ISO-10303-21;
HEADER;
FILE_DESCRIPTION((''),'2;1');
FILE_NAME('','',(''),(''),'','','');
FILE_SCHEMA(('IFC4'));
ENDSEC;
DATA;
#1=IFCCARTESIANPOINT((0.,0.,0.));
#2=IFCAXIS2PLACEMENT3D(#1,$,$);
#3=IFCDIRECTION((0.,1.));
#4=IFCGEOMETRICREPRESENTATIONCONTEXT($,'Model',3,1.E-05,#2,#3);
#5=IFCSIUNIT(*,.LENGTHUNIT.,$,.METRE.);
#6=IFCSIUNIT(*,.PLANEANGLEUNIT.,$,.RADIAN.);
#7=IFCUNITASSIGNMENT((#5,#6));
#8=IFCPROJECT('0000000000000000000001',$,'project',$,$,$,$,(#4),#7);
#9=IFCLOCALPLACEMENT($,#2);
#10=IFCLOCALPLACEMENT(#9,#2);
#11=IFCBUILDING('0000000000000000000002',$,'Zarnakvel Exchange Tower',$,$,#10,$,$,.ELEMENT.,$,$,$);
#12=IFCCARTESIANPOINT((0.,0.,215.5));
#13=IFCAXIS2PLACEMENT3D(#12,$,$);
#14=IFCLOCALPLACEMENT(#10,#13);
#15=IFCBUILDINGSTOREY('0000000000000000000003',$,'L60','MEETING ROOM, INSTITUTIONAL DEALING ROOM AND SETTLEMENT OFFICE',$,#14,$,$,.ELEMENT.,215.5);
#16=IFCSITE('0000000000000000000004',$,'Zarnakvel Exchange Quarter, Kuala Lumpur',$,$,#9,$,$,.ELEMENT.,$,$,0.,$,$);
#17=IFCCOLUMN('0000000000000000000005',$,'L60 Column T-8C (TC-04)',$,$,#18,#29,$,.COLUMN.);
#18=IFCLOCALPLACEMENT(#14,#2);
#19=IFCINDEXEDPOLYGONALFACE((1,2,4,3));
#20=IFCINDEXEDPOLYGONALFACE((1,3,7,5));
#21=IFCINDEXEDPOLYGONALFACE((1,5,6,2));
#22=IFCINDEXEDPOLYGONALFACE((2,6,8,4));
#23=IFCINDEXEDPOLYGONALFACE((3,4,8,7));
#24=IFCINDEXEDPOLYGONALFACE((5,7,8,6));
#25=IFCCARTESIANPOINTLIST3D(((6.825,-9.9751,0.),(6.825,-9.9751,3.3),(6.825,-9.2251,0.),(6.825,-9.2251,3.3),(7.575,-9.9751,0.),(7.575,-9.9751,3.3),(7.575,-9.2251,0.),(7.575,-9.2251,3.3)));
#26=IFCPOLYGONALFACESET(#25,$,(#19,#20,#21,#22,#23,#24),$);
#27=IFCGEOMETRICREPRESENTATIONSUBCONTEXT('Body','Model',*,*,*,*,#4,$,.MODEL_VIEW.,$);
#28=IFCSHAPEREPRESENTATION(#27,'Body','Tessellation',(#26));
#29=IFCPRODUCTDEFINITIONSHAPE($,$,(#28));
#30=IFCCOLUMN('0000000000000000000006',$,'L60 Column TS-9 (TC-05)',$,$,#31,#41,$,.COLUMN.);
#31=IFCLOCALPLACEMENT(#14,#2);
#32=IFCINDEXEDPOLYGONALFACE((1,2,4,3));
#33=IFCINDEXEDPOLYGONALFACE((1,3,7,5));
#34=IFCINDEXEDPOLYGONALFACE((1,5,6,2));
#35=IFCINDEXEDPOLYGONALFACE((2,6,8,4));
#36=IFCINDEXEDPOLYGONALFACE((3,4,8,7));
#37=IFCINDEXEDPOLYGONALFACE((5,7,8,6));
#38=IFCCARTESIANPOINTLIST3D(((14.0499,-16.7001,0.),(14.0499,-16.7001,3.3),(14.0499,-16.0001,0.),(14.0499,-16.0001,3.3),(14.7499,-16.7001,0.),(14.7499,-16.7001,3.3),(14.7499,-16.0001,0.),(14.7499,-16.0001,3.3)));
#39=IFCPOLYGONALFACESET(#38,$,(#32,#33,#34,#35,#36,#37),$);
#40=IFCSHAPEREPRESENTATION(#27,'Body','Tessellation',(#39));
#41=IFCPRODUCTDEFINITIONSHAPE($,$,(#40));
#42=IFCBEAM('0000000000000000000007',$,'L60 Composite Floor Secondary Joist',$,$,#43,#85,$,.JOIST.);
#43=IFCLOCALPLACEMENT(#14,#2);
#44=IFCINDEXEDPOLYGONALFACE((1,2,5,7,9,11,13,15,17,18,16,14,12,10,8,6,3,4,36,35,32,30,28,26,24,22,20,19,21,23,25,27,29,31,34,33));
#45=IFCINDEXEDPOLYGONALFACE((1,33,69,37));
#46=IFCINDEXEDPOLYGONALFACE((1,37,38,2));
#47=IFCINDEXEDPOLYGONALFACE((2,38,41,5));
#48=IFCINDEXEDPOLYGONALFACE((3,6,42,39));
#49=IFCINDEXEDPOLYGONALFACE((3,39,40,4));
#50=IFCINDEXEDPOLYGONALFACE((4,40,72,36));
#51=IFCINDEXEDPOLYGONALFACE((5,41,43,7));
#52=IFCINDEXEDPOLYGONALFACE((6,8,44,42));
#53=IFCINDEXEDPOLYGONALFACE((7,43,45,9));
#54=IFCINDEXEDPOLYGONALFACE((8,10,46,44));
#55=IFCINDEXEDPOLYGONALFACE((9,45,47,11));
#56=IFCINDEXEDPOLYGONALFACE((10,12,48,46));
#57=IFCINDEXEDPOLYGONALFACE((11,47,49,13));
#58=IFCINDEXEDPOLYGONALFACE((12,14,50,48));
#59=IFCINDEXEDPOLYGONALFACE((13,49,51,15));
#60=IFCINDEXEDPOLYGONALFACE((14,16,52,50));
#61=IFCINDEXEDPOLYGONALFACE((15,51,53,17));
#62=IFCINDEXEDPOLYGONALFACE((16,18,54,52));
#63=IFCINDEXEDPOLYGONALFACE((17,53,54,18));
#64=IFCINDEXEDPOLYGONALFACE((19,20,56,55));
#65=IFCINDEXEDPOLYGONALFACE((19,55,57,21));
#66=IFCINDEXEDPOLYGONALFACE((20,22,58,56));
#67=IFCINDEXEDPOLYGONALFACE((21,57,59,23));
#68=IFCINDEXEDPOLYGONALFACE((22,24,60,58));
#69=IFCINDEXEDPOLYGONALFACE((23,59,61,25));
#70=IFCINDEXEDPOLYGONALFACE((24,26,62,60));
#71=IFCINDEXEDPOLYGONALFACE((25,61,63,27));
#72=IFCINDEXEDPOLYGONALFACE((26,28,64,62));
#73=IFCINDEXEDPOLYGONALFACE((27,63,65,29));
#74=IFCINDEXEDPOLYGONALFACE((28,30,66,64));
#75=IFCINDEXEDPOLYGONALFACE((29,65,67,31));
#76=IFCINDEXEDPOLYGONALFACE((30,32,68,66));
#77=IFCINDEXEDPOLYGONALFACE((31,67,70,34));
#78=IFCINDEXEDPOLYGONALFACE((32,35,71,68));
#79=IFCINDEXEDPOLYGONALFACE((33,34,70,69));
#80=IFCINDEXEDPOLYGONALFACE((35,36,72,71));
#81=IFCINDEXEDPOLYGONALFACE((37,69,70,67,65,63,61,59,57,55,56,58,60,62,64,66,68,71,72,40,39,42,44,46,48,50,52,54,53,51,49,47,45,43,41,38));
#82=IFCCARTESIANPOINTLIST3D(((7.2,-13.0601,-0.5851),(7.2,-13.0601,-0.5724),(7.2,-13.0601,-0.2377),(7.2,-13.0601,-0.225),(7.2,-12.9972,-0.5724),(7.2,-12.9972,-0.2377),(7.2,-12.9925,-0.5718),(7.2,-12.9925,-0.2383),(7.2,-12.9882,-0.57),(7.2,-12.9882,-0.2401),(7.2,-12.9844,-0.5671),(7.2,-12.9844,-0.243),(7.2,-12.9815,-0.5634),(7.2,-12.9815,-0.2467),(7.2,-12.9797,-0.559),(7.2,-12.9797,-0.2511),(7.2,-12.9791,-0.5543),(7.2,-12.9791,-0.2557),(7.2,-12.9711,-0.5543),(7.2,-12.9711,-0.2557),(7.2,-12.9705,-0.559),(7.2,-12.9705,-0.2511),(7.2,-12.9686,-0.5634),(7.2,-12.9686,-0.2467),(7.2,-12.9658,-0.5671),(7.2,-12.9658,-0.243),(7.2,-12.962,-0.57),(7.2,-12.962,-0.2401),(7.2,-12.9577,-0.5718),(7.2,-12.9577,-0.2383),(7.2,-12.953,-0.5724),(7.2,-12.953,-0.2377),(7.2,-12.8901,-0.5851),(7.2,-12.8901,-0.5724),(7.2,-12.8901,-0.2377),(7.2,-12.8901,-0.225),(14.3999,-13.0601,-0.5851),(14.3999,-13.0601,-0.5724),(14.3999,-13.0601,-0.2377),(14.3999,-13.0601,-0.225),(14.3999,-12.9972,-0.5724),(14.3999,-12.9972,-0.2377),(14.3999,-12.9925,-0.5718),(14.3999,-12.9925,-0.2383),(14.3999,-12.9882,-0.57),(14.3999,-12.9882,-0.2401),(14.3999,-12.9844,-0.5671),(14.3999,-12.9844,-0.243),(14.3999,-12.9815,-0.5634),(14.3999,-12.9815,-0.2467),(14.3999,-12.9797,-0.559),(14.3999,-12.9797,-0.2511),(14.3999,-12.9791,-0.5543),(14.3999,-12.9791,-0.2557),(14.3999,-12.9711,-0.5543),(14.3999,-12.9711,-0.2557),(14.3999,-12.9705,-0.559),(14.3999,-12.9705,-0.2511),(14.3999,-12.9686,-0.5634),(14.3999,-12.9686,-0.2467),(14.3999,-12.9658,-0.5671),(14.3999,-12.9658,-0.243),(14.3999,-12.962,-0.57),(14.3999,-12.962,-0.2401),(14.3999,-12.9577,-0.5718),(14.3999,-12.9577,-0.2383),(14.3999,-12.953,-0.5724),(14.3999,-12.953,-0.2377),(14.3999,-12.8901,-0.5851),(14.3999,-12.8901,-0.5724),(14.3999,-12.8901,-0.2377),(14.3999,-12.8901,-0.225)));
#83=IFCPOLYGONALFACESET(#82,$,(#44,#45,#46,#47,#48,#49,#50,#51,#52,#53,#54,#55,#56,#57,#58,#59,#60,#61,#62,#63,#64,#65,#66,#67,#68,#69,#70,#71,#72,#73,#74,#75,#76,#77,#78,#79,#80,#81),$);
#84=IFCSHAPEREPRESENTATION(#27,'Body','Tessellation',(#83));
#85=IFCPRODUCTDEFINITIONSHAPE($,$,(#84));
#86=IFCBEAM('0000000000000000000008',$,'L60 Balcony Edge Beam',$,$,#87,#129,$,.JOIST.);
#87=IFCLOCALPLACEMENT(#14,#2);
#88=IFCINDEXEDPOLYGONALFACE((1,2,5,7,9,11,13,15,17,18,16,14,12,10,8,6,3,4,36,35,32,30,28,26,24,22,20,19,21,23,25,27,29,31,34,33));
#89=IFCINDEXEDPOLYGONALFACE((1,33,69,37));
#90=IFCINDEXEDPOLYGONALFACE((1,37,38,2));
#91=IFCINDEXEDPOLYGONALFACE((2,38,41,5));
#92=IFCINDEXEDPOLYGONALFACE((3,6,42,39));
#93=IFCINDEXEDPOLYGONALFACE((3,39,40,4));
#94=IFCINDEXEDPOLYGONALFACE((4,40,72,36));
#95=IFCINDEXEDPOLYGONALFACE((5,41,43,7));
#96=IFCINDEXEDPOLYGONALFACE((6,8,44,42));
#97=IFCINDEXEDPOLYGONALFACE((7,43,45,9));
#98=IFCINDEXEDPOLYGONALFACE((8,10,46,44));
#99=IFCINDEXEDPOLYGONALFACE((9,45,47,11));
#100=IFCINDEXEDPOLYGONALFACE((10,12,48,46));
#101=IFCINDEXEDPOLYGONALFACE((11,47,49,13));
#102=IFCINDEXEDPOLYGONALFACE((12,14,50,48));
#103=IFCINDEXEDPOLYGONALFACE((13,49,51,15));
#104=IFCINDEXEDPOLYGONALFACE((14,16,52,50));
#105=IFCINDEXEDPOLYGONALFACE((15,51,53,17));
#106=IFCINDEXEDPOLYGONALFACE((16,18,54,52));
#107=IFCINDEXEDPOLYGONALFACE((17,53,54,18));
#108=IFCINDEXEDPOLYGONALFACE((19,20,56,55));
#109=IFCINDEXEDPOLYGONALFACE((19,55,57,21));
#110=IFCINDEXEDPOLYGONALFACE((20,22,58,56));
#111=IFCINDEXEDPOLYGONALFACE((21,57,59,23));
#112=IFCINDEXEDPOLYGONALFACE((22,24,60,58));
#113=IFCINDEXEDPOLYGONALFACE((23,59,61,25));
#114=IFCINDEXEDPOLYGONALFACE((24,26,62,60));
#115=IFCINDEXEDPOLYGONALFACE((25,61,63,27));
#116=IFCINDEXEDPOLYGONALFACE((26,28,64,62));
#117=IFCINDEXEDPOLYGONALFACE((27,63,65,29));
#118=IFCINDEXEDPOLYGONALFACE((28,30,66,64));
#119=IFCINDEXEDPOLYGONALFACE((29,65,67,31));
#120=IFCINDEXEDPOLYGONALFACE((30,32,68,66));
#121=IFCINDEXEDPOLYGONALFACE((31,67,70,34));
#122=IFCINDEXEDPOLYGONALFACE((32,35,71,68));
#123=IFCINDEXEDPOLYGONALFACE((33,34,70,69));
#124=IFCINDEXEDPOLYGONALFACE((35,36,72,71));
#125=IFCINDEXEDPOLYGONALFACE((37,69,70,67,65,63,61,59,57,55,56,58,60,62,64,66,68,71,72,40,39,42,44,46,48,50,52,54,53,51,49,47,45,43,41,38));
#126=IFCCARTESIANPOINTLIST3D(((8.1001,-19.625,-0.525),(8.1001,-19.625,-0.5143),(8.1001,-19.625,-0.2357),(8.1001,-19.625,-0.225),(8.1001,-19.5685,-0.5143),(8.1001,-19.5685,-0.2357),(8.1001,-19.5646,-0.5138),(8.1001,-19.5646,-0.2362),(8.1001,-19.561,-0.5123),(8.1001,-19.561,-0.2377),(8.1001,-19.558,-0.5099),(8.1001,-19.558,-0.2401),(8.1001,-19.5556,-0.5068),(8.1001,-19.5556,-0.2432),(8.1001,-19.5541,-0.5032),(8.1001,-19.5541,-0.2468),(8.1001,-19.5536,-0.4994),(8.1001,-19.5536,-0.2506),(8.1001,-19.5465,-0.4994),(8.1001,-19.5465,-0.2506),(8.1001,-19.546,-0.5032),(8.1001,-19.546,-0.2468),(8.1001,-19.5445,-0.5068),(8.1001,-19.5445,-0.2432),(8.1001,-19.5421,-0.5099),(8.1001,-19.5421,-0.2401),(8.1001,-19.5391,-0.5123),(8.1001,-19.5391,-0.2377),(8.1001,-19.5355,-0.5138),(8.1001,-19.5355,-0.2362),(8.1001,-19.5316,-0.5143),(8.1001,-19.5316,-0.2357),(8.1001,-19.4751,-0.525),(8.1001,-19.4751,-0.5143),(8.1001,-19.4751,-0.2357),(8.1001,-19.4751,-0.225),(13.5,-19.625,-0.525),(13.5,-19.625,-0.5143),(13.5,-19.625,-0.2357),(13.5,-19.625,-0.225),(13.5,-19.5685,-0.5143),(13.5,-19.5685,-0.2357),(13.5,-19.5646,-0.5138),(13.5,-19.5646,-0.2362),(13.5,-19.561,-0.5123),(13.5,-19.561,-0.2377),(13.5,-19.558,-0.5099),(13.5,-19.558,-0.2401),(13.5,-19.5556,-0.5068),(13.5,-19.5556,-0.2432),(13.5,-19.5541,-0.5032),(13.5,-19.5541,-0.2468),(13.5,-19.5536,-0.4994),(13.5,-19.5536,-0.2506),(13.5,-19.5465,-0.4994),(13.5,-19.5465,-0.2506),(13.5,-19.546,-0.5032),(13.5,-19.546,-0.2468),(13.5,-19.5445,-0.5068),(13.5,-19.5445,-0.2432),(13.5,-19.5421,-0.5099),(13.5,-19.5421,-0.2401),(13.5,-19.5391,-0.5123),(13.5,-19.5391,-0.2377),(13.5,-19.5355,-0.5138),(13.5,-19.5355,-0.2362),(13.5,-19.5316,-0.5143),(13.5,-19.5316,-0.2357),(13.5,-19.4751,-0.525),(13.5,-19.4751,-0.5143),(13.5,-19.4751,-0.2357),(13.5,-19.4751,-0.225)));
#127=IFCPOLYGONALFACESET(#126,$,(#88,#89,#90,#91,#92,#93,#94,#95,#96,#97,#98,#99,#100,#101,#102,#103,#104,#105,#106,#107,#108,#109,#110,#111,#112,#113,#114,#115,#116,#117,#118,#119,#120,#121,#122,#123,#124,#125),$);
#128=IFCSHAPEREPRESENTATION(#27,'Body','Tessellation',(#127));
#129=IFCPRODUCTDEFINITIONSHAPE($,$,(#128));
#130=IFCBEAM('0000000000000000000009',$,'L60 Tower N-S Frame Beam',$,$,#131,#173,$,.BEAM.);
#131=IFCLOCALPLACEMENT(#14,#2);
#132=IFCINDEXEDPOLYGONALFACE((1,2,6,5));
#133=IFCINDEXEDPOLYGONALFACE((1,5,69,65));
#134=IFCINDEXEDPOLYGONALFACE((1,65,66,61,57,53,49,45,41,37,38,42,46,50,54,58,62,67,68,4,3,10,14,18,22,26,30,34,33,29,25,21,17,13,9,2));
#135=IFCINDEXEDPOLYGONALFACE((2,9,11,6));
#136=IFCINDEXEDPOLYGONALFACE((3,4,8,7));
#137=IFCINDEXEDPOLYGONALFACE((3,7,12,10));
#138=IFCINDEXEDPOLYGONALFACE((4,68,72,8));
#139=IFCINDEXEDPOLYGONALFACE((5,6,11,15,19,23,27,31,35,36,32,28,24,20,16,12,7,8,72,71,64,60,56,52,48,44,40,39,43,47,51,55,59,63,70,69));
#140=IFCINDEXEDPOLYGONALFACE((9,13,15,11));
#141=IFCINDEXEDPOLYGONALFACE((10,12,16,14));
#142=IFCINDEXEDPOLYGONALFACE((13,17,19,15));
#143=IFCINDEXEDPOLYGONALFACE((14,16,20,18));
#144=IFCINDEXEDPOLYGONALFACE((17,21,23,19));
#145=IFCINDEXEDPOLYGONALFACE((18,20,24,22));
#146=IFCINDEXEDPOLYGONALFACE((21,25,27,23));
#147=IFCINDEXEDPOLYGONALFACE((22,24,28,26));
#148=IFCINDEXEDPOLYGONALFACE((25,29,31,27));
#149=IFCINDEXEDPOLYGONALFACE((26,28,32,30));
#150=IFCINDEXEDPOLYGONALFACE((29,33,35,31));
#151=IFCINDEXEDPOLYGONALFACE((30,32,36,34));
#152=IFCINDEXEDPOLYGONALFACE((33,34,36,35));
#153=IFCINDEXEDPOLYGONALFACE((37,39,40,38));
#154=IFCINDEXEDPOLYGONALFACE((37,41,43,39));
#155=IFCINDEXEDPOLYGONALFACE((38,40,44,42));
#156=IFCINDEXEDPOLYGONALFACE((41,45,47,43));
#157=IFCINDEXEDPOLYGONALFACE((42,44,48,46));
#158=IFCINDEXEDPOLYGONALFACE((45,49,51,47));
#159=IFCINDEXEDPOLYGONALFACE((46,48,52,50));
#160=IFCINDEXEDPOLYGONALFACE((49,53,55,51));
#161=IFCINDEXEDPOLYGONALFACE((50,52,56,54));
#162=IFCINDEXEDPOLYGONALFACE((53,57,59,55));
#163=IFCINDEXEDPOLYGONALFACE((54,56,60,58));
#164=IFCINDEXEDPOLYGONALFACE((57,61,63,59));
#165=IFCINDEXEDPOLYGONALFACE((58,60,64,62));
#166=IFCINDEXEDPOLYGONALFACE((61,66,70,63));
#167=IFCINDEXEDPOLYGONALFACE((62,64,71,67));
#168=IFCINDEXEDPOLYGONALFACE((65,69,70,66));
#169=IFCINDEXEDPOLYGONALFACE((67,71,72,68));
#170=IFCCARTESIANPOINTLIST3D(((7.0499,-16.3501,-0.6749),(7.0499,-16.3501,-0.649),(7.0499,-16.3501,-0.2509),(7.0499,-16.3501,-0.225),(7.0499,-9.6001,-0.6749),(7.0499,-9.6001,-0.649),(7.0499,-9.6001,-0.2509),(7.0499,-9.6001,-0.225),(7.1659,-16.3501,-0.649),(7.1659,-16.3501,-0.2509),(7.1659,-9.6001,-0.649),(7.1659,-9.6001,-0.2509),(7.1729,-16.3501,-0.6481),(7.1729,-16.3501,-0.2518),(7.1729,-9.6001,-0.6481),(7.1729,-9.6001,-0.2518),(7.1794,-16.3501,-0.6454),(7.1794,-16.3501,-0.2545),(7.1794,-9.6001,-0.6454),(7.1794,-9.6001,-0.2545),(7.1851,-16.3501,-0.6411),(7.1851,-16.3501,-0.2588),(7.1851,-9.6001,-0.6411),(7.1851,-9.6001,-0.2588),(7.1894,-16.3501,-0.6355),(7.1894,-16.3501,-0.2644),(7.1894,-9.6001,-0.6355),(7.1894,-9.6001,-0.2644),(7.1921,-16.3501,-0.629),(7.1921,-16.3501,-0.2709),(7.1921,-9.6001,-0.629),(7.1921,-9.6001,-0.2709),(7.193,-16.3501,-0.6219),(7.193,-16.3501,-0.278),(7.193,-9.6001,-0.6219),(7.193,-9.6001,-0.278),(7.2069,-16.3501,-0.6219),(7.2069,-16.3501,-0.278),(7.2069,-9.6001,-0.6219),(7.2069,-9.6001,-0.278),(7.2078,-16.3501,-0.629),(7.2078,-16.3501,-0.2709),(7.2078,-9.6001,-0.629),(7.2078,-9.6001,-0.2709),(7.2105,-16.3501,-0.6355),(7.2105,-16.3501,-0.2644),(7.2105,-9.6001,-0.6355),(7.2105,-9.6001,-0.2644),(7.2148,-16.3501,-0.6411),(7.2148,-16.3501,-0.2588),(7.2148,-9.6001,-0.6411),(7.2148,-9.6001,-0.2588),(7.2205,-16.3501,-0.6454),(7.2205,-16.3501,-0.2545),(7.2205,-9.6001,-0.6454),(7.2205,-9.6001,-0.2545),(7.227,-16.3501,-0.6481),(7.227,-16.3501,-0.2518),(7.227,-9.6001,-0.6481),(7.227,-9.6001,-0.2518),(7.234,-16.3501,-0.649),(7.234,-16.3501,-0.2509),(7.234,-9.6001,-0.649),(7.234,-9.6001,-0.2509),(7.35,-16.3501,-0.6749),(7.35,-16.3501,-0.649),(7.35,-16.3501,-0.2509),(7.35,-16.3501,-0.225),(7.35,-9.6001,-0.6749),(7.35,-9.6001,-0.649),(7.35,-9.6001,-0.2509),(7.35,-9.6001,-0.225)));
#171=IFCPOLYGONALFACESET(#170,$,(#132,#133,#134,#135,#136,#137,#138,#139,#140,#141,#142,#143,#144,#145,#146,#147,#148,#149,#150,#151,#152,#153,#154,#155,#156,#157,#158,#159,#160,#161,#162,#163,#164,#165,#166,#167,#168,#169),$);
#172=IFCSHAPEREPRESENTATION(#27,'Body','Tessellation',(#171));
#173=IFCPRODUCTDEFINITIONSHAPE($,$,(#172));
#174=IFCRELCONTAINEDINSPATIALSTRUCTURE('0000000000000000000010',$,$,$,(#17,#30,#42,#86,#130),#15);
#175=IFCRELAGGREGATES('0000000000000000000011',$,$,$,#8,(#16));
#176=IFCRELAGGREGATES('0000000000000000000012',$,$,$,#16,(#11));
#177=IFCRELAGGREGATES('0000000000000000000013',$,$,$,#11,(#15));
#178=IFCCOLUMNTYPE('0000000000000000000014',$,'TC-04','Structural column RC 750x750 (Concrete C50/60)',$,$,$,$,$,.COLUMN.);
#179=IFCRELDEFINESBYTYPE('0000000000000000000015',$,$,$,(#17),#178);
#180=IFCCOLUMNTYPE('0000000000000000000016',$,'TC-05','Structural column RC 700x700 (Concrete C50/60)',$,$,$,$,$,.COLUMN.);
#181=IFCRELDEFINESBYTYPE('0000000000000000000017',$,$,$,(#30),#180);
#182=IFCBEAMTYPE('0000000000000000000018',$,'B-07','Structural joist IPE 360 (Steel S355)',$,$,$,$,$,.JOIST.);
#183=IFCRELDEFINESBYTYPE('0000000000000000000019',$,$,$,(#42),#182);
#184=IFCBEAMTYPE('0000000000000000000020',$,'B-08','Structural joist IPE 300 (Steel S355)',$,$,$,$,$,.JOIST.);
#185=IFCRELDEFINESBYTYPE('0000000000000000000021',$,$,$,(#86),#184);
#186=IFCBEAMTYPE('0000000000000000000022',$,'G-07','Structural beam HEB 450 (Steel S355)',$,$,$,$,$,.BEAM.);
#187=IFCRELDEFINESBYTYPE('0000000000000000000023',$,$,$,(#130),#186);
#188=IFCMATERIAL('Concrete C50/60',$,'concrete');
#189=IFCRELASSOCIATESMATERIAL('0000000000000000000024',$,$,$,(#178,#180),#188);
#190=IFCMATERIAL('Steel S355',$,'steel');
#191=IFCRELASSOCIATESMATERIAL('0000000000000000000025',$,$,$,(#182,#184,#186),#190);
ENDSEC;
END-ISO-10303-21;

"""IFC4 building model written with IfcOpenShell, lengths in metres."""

from ifc_helpers import new_model, si_unit, direction, frame, origin, origin_2d, place, context, subcontext, project, spatial, rectangle, i_section, extrude, material, material_profile, profile_set, type_object, element, save


model = new_model("IFC4")

# Units and contexts
model_context = context("Model", 3, precision=1e-05, world=origin(), true_north=direction((0.0, 1.0)))
body_context = subcontext(model_context, "Body", "Model", "MODEL_VIEW")
ifc_project = project(units=[si_unit("LENGTHUNIT", "METRE"), si_unit("PLANEANGLEUNIT", "RADIAN")], contexts=[model_context])

# Site, building, storey
site_placement = place(None, origin())
site = spatial("IfcSite", under=ifc_project, at=site_placement, Name="Zarnakvel Exchange Quarter, Kuala Lumpur", CompositionType="ELEMENT", RefElevation=0.0)
building_placement = place(site_placement, origin())
building = spatial("IfcBuilding", under=site, at=building_placement, Name="Zarnakvel Exchange Tower", CompositionType="ELEMENT")
storey_placement = place(building_placement, frame((0.0, 0.0, 215.5)))
storey = spatial("IfcBuildingStorey", under=building, at=storey_placement, Name="L60", Description="MEETING ROOM, INSTITUTIONAL DEALING ROOM AND SETTLEMENT OFFICE", CompositionType="ELEMENT", Elevation=215.5)

# Columns
ifc_material_1 = material(Name="Concrete C50/60", Category="concrete")
ifc_material_profile_1 = material_profile(ifc_material_1, rectangle(XDim=0.75, YDim=0.75, at=origin_2d()))
ifc_profile_set_1 = profile_set([ifc_material_profile_1], Name="Concrete C50/60")
column_type_1 = type_object("IfcColumnType", Name="TC-04", Description="Structural column RC 750x750 (Concrete C50/60)", PredefinedType="COLUMN", material=ifc_profile_set_1)
column_1_placement = place(storey_placement, frame((7.2, -9.6001, 0.0), z_axis=(0.0, 0.0, 1.0), x_axis=(1.0, 0.0, 0.0)))
element("IfcColumn", 1, at=column_1_placement, inside=storey, type_object=column_type_1, Name="L60 Column T-8C (TC-04)", PredefinedType="COLUMN", context=body_context, shape_type="SweptSolid", body=[
    extrude(rectangle(XDim=0.75, YDim=0.75, at=origin_2d()), origin(), (0.0, 0.0, 1.0), 3.3),
])
ifc_material_profile_2 = material_profile(ifc_material_1, rectangle(XDim=0.7, YDim=0.7, at=origin_2d()))
ifc_profile_set_2 = profile_set([ifc_material_profile_2], Name="Concrete C50/60")
column_type_2 = type_object("IfcColumnType", Name="TC-05", Description="Structural column RC 700x700 (Concrete C50/60)", PredefinedType="COLUMN", material=ifc_profile_set_2)
column_2_placement = place(storey_placement, frame((14.3999, -16.3501, 0.0), z_axis=(0.0, 0.0, 1.0), x_axis=(1.0, 0.0, 0.0)))
element("IfcColumn", 2, at=column_2_placement, inside=storey, type_object=column_type_2, Name="L60 Column TS-9 (TC-05)", PredefinedType="COLUMN", context=body_context, shape_type="SweptSolid", body=[
    extrude(rectangle(XDim=0.7, YDim=0.7, at=origin_2d()), origin(), (0.0, 0.0, 1.0), 3.3),
])

# Beams
ifc_material_2 = material(Name="Steel S355", Category="steel")
ifc_material_profile_3 = material_profile(ifc_material_2, i_section(OverallWidth=0.1699, OverallDepth=0.3601, WebThickness=0.0081, FlangeThickness=0.0127, FilletRadius=0.0181, at=origin_2d()))
ifc_profile_set_3 = profile_set([ifc_material_profile_3], Name="Steel S355")
beam_type_1 = type_object("IfcBeamType", Name="B-07", Description="Structural joist IPE 360 (Steel S355)", PredefinedType="JOIST", material=ifc_profile_set_3)
beam_1_placement = place(storey_placement, frame((7.2, -12.9751, -0.405), z_axis=(1.0, 0.0, 0.0), x_axis=(0.0, 1.0, 0.0)))
element("IfcBeam", 3, at=beam_1_placement, inside=storey, type_object=beam_type_1, Name="L60 Composite Floor Secondary Joist", PredefinedType="JOIST", context=body_context, shape_type="SweptSolid", body=[
    extrude(i_section(OverallWidth=0.1699, OverallDepth=0.3601, WebThickness=0.0081, FlangeThickness=0.0127, FilletRadius=0.0181, at=origin_2d()), origin(), (0.0, 0.0, 1.0), 7.2),
])
ifc_material_profile_4 = material_profile(ifc_material_2, i_section(OverallWidth=0.1499, OverallDepth=0.3, WebThickness=0.0071, FlangeThickness=0.0107, FilletRadius=0.0149, at=origin_2d()))
ifc_profile_set_4 = profile_set([ifc_material_profile_4], Name="Steel S355")
beam_type_2 = type_object("IfcBeamType", Name="B-08", Description="Structural joist IPE 300 (Steel S355)", PredefinedType="JOIST", material=ifc_profile_set_4)
beam_2_placement = place(storey_placement, frame((8.1001, -19.55, -0.375), z_axis=(1.0, 0.0, 0.0), x_axis=(0.0, 1.0, 0.0)))
element("IfcBeam", 4, at=beam_2_placement, inside=storey, type_object=beam_type_2, Name="L60 Balcony Edge Beam", PredefinedType="JOIST", context=body_context, shape_type="SweptSolid", body=[
    extrude(i_section(OverallWidth=0.1499, OverallDepth=0.3, WebThickness=0.0071, FlangeThickness=0.0107, FilletRadius=0.0149, at=origin_2d()), origin(), (0.0, 0.0, 1.0), 5.3999),
])
ifc_material_profile_5 = material_profile(ifc_material_2, i_section(OverallWidth=0.3, OverallDepth=0.45, WebThickness=0.0139, FlangeThickness=0.0259, FilletRadius=0.0271, at=origin_2d()))
ifc_profile_set_5 = profile_set([ifc_material_profile_5], Name="Steel S355")
beam_type_3 = type_object("IfcBeamType", Name="G-07", Description="Structural beam HEB 450 (Steel S355)", PredefinedType="BEAM", material=ifc_profile_set_5)
for number, where, z_axis, x_axis, name in (
    (5, (7.2, -16.3501, -0.45), (0.0, 1.0, 0.0), (-1.0, 0.0, 0.0), "L60 Tower N-S Frame Beam"),
):
    element("IfcBeam", number, at=place(storey_placement, frame(where, z_axis=z_axis, x_axis=x_axis)), inside=storey, type_object=beam_type_3, Name=name, PredefinedType="BEAM", context=body_context, shape_type="SweptSolid", body=[
        extrude(i_section(OverallWidth=0.3, OverallDepth=0.45, WebThickness=0.0139, FlangeThickness=0.0259, FilletRadius=0.0271, at=origin_2d()), origin(), (0.0, 0.0, 1.0), 6.75),
    ])

save(model, "model.ifc")
